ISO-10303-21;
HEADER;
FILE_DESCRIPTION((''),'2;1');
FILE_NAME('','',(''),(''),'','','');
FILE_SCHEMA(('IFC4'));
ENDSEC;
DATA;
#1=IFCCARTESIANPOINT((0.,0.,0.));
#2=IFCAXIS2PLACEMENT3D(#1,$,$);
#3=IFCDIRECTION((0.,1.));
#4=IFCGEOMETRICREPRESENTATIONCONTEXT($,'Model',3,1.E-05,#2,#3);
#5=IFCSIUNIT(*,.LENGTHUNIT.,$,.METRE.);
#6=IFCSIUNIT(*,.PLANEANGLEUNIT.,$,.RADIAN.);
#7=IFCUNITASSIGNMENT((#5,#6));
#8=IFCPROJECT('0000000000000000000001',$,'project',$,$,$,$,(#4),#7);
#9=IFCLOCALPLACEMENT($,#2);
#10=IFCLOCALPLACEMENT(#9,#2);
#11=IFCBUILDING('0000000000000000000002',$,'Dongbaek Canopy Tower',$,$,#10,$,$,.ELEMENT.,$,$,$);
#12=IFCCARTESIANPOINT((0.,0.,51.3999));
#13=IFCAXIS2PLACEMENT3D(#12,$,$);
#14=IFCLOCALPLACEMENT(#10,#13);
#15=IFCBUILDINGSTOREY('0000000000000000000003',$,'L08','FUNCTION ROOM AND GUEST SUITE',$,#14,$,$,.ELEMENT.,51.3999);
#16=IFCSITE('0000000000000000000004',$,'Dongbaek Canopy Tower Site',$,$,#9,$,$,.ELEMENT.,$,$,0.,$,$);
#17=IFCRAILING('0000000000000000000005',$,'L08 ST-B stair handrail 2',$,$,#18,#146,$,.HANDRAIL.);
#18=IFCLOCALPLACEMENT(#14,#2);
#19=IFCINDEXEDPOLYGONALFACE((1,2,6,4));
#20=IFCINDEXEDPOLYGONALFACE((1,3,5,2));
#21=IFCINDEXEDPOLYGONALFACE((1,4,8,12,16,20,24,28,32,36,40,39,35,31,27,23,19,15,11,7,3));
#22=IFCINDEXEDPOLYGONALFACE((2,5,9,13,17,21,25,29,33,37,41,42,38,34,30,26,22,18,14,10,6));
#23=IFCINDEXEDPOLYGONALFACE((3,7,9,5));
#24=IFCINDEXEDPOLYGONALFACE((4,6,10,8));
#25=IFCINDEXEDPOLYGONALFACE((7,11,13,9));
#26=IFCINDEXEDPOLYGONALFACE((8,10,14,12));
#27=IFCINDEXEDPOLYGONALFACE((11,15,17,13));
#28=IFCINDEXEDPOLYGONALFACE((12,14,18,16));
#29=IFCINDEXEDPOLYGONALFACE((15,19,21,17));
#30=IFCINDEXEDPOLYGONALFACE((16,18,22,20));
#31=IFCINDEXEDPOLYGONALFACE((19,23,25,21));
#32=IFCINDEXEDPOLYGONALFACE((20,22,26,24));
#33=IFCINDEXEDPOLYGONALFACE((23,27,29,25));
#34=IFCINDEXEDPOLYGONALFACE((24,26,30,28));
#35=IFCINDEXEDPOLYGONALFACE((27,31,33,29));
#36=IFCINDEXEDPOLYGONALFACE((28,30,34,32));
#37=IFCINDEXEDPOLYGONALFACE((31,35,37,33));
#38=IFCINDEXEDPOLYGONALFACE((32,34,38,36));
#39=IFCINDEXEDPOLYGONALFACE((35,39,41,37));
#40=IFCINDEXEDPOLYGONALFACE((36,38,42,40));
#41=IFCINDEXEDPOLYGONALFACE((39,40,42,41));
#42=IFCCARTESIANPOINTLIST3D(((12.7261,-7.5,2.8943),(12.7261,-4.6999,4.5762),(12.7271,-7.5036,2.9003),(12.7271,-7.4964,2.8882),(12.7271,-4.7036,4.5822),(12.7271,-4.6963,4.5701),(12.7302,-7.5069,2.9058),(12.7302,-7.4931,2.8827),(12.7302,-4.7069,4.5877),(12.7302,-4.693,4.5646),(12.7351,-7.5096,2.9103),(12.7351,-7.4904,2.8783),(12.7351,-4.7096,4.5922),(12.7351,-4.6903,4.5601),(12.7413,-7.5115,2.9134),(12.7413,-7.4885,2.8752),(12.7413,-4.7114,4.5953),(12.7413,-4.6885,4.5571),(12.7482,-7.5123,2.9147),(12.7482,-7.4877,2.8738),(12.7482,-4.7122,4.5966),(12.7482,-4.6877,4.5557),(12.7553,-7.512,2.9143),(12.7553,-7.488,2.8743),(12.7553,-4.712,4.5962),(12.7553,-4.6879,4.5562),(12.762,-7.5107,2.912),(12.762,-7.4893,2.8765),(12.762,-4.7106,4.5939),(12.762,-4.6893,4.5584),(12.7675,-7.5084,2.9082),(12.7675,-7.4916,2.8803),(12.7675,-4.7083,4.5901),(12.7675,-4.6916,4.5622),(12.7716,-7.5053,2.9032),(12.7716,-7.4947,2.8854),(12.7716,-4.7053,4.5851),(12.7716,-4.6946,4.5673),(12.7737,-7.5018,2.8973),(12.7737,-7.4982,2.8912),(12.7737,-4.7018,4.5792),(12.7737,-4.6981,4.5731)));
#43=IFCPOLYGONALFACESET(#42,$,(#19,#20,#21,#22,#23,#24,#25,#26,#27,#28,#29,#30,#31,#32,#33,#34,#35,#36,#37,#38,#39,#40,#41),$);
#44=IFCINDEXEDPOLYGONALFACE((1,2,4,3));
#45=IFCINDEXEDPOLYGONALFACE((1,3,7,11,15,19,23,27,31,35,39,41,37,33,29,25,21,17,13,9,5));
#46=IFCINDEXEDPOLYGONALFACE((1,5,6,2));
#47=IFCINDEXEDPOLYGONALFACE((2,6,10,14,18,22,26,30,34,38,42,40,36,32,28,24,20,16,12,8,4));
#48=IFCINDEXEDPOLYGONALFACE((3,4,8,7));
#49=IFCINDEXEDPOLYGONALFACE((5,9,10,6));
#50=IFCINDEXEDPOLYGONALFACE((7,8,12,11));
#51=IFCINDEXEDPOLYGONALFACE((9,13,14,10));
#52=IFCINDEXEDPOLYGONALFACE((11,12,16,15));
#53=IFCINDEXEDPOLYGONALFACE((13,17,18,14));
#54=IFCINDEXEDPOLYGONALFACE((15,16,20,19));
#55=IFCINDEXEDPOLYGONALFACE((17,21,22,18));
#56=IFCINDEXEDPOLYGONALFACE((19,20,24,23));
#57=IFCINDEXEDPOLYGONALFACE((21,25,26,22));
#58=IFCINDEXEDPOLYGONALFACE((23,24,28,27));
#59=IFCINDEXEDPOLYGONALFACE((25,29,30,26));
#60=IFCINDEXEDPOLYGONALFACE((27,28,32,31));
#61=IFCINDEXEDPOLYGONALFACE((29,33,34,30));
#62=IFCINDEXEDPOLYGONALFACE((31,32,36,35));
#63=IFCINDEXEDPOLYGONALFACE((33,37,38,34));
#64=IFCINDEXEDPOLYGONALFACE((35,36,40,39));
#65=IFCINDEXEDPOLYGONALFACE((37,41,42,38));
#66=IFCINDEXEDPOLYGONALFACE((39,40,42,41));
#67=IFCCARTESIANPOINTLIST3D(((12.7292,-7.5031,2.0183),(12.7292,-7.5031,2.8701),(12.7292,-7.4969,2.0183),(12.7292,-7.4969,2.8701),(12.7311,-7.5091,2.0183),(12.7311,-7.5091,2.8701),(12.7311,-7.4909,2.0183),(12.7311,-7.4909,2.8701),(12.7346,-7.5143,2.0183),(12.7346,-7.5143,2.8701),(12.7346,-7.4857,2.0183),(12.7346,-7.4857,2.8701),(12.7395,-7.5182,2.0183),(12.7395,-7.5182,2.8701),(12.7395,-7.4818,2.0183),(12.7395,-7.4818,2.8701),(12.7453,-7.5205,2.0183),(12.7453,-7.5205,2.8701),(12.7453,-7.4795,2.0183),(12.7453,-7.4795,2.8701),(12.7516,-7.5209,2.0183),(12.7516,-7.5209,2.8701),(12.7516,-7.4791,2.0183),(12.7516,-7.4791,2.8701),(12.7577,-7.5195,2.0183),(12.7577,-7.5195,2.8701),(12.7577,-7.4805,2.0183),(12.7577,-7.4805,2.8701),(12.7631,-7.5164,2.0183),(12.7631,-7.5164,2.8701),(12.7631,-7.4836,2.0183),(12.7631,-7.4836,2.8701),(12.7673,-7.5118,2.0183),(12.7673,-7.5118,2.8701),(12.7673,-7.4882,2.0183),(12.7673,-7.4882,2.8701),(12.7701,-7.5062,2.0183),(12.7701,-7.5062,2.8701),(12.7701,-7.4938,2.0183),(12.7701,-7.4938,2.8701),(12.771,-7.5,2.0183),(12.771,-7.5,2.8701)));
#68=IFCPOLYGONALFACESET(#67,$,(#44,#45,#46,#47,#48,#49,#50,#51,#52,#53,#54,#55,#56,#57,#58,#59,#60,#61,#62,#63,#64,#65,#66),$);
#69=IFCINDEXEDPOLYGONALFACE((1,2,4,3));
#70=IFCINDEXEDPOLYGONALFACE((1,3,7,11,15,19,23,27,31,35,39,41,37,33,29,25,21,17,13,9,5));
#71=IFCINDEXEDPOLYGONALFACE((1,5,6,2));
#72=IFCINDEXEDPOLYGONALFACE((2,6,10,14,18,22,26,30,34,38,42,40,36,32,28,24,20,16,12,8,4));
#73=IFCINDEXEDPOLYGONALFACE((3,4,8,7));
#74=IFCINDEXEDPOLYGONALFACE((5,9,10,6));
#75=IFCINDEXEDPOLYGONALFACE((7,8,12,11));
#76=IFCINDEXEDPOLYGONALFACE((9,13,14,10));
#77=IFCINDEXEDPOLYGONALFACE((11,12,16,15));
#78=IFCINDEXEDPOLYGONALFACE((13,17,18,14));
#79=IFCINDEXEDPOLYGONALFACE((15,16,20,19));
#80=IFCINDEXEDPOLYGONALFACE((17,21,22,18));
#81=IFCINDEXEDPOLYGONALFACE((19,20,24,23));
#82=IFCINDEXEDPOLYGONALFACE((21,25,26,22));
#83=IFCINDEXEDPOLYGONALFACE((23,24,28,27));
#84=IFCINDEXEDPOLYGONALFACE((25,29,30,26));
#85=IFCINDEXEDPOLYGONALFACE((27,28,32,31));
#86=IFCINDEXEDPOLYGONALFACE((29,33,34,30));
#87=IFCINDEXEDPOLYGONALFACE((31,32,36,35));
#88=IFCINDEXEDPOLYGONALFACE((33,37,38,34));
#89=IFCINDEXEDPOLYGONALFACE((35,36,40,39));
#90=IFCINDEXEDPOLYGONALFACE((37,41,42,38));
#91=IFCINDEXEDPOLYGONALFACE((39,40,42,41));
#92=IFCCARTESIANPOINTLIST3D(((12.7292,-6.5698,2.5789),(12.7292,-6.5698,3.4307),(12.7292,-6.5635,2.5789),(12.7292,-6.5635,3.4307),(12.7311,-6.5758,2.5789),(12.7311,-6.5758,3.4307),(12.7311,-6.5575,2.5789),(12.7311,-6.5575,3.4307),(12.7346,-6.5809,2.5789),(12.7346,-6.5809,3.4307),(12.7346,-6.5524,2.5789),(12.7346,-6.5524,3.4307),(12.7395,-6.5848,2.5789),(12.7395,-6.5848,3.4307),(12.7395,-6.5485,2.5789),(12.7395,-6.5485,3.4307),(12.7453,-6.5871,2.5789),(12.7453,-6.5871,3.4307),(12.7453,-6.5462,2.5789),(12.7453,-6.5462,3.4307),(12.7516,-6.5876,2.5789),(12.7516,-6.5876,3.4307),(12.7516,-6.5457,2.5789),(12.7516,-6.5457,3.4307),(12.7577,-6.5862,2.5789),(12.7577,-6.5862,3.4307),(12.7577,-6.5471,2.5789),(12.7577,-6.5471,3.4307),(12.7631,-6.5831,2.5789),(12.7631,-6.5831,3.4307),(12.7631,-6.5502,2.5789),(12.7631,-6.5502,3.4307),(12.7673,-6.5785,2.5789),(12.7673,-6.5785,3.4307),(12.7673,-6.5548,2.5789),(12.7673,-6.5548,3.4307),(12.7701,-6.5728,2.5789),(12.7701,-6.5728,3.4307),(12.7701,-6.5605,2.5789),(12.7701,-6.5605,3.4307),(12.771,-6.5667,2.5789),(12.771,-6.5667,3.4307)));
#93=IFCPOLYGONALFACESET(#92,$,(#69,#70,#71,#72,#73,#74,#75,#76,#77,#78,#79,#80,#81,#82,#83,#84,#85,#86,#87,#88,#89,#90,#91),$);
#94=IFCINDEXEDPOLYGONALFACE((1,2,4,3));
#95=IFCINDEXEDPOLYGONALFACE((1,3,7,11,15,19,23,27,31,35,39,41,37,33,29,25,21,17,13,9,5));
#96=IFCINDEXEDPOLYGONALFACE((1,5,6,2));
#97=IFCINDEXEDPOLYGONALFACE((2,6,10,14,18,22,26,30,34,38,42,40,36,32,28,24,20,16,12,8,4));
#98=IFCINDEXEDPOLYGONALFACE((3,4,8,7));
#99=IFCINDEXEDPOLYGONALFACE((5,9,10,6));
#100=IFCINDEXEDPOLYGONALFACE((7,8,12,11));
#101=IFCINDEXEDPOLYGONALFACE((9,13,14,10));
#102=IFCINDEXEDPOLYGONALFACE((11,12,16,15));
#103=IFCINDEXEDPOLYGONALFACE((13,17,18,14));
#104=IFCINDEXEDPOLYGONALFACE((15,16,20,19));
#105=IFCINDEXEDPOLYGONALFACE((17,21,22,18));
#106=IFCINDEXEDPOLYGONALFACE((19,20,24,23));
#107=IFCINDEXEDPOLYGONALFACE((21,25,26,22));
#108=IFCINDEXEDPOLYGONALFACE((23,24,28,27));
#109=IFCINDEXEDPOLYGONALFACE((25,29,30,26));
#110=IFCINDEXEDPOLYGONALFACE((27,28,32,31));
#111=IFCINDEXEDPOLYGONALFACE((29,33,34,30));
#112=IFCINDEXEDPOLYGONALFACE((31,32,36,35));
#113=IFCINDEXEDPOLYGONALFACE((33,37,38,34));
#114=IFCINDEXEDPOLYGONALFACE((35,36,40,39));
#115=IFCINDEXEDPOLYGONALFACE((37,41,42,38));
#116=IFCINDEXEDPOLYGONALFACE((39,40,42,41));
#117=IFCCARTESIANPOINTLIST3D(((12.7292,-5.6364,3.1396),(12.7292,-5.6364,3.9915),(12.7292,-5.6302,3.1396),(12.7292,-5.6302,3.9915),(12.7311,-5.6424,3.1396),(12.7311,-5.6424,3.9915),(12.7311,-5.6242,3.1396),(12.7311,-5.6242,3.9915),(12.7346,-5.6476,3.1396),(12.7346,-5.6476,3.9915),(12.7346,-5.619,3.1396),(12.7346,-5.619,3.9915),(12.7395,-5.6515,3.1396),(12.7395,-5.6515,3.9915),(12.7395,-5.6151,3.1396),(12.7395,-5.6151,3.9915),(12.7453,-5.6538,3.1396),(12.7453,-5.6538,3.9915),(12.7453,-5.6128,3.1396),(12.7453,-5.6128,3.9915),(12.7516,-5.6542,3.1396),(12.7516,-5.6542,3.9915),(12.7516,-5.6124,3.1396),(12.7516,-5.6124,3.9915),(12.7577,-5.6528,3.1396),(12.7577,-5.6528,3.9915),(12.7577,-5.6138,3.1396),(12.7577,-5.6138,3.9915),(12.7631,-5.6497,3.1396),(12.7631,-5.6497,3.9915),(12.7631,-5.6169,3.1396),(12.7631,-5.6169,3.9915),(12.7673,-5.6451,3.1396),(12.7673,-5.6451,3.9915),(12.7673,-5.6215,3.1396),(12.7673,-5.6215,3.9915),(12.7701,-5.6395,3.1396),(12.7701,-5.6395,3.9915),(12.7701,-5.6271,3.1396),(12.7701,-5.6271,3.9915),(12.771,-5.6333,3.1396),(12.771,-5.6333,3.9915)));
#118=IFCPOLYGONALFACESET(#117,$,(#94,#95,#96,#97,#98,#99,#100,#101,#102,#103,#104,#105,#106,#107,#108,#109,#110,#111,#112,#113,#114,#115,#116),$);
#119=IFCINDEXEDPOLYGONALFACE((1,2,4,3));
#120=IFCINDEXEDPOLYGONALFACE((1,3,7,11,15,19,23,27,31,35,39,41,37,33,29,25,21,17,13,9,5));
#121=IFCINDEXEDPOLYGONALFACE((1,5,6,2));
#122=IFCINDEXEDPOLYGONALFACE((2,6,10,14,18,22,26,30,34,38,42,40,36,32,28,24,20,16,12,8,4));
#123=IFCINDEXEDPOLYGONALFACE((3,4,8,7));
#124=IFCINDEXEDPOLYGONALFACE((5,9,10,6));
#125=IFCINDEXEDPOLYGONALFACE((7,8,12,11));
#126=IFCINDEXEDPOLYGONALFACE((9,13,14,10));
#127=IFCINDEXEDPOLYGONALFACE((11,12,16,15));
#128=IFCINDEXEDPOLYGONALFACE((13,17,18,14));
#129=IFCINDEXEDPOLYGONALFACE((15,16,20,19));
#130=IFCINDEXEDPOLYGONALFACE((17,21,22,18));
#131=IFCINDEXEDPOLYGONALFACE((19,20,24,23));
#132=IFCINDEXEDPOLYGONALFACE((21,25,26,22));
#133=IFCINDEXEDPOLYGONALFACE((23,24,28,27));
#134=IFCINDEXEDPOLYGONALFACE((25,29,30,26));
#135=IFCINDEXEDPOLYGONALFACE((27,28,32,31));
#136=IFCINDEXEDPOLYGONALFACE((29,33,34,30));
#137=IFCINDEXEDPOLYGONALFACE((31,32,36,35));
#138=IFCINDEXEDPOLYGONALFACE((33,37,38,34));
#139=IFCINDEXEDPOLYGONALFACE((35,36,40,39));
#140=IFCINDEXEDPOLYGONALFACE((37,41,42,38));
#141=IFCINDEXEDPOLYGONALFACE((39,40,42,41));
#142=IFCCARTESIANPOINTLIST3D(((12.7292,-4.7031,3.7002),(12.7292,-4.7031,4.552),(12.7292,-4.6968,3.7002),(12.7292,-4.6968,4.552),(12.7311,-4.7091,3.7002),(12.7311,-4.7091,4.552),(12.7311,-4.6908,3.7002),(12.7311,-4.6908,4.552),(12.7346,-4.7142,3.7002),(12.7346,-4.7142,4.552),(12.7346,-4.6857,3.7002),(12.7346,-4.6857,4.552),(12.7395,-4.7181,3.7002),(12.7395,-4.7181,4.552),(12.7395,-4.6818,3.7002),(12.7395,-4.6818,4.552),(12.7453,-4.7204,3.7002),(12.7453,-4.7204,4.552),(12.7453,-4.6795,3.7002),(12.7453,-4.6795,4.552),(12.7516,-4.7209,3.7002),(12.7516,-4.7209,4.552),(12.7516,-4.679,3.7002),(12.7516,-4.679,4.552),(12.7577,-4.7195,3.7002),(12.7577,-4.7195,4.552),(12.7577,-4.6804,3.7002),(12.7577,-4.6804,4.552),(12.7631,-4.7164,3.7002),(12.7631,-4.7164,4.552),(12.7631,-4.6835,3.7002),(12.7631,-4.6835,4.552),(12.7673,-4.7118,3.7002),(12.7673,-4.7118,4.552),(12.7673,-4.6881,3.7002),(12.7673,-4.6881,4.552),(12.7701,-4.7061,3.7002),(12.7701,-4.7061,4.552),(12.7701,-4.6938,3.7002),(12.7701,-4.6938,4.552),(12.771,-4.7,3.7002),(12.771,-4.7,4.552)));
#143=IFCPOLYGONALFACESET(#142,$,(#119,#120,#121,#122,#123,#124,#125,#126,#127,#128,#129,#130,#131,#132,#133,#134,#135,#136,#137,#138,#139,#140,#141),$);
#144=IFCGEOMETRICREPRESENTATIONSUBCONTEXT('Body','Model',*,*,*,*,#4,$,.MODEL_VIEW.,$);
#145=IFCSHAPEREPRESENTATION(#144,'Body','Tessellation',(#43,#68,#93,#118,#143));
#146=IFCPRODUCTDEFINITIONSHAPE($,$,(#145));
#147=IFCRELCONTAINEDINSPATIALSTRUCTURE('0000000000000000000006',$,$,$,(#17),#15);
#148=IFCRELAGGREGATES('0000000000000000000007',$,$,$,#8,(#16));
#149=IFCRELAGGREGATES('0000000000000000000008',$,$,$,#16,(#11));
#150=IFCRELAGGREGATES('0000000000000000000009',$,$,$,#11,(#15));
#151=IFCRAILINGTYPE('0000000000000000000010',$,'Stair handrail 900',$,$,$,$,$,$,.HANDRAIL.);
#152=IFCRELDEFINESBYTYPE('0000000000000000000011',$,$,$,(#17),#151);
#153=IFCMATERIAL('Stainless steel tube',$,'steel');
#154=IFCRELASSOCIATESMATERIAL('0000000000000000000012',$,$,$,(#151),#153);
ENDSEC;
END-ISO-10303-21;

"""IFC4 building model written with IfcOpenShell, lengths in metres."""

from ifc_helpers import new_model, si_unit, direction, frame, origin, origin_2d, place, context, subcontext, project, spatial, circle, extrude, material, type_object, element, save


model = new_model("IFC4")

# Units and contexts
model_context = context("Model", 3, precision=1e-05, world=origin(), true_north=direction((0.0, 1.0)))
body_context = subcontext(model_context, "Body", "Model", "MODEL_VIEW")
ifc_project = project(units=[si_unit("LENGTHUNIT", "METRE"), si_unit("PLANEANGLEUNIT", "RADIAN")], contexts=[model_context])

# Site, building, storey
site_placement = place(None, origin())
site = spatial("IfcSite", under=ifc_project, at=site_placement, Name="Dongbaek Canopy Tower Site", CompositionType="ELEMENT", RefElevation=0.0)
building_placement = place(site_placement, origin())
building = spatial("IfcBuilding", under=site, at=building_placement, Name="Dongbaek Canopy Tower", CompositionType="ELEMENT")
storey_placement = place(building_placement, frame((0.0, 0.0, 51.3999)))
storey = spatial("IfcBuildingStorey", under=building, at=storey_placement, Name="L08", Description="FUNCTION ROOM AND GUEST SUITE", CompositionType="ELEMENT", Elevation=51.3999)

# Railing
ifc_material_1 = material(Name="Stainless steel tube", Category="steel")
railing_type_1 = type_object("IfcRailingType", Name="Stair handrail 900", PredefinedType="HANDRAIL", material=ifc_material_1)
railing_1_placement = place(storey_placement, frame((12.75, -7.5, 2.0183)))
element("IfcRailing", 1, at=railing_1_placement, inside=storey, type_object=railing_type_1, Name="L08 ST-B stair handrail 2", PredefinedType="HANDRAIL", context=body_context, shape_type="SweptSolid", body=[
    extrude(circle(Radius=0.0239, at=origin_2d()), frame((0.0, 0.0, 0.876), z_axis=(0.0, 0.857242, 0.514913), x_axis=(-1.0, 0.0, 0.0)), (0.0, 0.0, 1.0), 3.2664),
    extrude(circle(Radius=0.021, at=origin_2d()), origin(), (0.0, 0.0, 1.0), 0.8518),
    extrude(circle(Radius=0.021, at=origin_2d()), frame((0.0, 0.9333, 0.5605)), (0.0, 0.0, 1.0), 0.8518),
    extrude(circle(Radius=0.021, at=origin_2d()), frame((0.0, 1.8667, 1.1213)), (0.0, 0.0, 1.0), 0.8518),
    extrude(circle(Radius=0.021, at=origin_2d()), frame((0.0, 2.8, 1.6819)), (0.0, 0.0, 1.0), 0.8518),
])

save(model, "model.ifc")
